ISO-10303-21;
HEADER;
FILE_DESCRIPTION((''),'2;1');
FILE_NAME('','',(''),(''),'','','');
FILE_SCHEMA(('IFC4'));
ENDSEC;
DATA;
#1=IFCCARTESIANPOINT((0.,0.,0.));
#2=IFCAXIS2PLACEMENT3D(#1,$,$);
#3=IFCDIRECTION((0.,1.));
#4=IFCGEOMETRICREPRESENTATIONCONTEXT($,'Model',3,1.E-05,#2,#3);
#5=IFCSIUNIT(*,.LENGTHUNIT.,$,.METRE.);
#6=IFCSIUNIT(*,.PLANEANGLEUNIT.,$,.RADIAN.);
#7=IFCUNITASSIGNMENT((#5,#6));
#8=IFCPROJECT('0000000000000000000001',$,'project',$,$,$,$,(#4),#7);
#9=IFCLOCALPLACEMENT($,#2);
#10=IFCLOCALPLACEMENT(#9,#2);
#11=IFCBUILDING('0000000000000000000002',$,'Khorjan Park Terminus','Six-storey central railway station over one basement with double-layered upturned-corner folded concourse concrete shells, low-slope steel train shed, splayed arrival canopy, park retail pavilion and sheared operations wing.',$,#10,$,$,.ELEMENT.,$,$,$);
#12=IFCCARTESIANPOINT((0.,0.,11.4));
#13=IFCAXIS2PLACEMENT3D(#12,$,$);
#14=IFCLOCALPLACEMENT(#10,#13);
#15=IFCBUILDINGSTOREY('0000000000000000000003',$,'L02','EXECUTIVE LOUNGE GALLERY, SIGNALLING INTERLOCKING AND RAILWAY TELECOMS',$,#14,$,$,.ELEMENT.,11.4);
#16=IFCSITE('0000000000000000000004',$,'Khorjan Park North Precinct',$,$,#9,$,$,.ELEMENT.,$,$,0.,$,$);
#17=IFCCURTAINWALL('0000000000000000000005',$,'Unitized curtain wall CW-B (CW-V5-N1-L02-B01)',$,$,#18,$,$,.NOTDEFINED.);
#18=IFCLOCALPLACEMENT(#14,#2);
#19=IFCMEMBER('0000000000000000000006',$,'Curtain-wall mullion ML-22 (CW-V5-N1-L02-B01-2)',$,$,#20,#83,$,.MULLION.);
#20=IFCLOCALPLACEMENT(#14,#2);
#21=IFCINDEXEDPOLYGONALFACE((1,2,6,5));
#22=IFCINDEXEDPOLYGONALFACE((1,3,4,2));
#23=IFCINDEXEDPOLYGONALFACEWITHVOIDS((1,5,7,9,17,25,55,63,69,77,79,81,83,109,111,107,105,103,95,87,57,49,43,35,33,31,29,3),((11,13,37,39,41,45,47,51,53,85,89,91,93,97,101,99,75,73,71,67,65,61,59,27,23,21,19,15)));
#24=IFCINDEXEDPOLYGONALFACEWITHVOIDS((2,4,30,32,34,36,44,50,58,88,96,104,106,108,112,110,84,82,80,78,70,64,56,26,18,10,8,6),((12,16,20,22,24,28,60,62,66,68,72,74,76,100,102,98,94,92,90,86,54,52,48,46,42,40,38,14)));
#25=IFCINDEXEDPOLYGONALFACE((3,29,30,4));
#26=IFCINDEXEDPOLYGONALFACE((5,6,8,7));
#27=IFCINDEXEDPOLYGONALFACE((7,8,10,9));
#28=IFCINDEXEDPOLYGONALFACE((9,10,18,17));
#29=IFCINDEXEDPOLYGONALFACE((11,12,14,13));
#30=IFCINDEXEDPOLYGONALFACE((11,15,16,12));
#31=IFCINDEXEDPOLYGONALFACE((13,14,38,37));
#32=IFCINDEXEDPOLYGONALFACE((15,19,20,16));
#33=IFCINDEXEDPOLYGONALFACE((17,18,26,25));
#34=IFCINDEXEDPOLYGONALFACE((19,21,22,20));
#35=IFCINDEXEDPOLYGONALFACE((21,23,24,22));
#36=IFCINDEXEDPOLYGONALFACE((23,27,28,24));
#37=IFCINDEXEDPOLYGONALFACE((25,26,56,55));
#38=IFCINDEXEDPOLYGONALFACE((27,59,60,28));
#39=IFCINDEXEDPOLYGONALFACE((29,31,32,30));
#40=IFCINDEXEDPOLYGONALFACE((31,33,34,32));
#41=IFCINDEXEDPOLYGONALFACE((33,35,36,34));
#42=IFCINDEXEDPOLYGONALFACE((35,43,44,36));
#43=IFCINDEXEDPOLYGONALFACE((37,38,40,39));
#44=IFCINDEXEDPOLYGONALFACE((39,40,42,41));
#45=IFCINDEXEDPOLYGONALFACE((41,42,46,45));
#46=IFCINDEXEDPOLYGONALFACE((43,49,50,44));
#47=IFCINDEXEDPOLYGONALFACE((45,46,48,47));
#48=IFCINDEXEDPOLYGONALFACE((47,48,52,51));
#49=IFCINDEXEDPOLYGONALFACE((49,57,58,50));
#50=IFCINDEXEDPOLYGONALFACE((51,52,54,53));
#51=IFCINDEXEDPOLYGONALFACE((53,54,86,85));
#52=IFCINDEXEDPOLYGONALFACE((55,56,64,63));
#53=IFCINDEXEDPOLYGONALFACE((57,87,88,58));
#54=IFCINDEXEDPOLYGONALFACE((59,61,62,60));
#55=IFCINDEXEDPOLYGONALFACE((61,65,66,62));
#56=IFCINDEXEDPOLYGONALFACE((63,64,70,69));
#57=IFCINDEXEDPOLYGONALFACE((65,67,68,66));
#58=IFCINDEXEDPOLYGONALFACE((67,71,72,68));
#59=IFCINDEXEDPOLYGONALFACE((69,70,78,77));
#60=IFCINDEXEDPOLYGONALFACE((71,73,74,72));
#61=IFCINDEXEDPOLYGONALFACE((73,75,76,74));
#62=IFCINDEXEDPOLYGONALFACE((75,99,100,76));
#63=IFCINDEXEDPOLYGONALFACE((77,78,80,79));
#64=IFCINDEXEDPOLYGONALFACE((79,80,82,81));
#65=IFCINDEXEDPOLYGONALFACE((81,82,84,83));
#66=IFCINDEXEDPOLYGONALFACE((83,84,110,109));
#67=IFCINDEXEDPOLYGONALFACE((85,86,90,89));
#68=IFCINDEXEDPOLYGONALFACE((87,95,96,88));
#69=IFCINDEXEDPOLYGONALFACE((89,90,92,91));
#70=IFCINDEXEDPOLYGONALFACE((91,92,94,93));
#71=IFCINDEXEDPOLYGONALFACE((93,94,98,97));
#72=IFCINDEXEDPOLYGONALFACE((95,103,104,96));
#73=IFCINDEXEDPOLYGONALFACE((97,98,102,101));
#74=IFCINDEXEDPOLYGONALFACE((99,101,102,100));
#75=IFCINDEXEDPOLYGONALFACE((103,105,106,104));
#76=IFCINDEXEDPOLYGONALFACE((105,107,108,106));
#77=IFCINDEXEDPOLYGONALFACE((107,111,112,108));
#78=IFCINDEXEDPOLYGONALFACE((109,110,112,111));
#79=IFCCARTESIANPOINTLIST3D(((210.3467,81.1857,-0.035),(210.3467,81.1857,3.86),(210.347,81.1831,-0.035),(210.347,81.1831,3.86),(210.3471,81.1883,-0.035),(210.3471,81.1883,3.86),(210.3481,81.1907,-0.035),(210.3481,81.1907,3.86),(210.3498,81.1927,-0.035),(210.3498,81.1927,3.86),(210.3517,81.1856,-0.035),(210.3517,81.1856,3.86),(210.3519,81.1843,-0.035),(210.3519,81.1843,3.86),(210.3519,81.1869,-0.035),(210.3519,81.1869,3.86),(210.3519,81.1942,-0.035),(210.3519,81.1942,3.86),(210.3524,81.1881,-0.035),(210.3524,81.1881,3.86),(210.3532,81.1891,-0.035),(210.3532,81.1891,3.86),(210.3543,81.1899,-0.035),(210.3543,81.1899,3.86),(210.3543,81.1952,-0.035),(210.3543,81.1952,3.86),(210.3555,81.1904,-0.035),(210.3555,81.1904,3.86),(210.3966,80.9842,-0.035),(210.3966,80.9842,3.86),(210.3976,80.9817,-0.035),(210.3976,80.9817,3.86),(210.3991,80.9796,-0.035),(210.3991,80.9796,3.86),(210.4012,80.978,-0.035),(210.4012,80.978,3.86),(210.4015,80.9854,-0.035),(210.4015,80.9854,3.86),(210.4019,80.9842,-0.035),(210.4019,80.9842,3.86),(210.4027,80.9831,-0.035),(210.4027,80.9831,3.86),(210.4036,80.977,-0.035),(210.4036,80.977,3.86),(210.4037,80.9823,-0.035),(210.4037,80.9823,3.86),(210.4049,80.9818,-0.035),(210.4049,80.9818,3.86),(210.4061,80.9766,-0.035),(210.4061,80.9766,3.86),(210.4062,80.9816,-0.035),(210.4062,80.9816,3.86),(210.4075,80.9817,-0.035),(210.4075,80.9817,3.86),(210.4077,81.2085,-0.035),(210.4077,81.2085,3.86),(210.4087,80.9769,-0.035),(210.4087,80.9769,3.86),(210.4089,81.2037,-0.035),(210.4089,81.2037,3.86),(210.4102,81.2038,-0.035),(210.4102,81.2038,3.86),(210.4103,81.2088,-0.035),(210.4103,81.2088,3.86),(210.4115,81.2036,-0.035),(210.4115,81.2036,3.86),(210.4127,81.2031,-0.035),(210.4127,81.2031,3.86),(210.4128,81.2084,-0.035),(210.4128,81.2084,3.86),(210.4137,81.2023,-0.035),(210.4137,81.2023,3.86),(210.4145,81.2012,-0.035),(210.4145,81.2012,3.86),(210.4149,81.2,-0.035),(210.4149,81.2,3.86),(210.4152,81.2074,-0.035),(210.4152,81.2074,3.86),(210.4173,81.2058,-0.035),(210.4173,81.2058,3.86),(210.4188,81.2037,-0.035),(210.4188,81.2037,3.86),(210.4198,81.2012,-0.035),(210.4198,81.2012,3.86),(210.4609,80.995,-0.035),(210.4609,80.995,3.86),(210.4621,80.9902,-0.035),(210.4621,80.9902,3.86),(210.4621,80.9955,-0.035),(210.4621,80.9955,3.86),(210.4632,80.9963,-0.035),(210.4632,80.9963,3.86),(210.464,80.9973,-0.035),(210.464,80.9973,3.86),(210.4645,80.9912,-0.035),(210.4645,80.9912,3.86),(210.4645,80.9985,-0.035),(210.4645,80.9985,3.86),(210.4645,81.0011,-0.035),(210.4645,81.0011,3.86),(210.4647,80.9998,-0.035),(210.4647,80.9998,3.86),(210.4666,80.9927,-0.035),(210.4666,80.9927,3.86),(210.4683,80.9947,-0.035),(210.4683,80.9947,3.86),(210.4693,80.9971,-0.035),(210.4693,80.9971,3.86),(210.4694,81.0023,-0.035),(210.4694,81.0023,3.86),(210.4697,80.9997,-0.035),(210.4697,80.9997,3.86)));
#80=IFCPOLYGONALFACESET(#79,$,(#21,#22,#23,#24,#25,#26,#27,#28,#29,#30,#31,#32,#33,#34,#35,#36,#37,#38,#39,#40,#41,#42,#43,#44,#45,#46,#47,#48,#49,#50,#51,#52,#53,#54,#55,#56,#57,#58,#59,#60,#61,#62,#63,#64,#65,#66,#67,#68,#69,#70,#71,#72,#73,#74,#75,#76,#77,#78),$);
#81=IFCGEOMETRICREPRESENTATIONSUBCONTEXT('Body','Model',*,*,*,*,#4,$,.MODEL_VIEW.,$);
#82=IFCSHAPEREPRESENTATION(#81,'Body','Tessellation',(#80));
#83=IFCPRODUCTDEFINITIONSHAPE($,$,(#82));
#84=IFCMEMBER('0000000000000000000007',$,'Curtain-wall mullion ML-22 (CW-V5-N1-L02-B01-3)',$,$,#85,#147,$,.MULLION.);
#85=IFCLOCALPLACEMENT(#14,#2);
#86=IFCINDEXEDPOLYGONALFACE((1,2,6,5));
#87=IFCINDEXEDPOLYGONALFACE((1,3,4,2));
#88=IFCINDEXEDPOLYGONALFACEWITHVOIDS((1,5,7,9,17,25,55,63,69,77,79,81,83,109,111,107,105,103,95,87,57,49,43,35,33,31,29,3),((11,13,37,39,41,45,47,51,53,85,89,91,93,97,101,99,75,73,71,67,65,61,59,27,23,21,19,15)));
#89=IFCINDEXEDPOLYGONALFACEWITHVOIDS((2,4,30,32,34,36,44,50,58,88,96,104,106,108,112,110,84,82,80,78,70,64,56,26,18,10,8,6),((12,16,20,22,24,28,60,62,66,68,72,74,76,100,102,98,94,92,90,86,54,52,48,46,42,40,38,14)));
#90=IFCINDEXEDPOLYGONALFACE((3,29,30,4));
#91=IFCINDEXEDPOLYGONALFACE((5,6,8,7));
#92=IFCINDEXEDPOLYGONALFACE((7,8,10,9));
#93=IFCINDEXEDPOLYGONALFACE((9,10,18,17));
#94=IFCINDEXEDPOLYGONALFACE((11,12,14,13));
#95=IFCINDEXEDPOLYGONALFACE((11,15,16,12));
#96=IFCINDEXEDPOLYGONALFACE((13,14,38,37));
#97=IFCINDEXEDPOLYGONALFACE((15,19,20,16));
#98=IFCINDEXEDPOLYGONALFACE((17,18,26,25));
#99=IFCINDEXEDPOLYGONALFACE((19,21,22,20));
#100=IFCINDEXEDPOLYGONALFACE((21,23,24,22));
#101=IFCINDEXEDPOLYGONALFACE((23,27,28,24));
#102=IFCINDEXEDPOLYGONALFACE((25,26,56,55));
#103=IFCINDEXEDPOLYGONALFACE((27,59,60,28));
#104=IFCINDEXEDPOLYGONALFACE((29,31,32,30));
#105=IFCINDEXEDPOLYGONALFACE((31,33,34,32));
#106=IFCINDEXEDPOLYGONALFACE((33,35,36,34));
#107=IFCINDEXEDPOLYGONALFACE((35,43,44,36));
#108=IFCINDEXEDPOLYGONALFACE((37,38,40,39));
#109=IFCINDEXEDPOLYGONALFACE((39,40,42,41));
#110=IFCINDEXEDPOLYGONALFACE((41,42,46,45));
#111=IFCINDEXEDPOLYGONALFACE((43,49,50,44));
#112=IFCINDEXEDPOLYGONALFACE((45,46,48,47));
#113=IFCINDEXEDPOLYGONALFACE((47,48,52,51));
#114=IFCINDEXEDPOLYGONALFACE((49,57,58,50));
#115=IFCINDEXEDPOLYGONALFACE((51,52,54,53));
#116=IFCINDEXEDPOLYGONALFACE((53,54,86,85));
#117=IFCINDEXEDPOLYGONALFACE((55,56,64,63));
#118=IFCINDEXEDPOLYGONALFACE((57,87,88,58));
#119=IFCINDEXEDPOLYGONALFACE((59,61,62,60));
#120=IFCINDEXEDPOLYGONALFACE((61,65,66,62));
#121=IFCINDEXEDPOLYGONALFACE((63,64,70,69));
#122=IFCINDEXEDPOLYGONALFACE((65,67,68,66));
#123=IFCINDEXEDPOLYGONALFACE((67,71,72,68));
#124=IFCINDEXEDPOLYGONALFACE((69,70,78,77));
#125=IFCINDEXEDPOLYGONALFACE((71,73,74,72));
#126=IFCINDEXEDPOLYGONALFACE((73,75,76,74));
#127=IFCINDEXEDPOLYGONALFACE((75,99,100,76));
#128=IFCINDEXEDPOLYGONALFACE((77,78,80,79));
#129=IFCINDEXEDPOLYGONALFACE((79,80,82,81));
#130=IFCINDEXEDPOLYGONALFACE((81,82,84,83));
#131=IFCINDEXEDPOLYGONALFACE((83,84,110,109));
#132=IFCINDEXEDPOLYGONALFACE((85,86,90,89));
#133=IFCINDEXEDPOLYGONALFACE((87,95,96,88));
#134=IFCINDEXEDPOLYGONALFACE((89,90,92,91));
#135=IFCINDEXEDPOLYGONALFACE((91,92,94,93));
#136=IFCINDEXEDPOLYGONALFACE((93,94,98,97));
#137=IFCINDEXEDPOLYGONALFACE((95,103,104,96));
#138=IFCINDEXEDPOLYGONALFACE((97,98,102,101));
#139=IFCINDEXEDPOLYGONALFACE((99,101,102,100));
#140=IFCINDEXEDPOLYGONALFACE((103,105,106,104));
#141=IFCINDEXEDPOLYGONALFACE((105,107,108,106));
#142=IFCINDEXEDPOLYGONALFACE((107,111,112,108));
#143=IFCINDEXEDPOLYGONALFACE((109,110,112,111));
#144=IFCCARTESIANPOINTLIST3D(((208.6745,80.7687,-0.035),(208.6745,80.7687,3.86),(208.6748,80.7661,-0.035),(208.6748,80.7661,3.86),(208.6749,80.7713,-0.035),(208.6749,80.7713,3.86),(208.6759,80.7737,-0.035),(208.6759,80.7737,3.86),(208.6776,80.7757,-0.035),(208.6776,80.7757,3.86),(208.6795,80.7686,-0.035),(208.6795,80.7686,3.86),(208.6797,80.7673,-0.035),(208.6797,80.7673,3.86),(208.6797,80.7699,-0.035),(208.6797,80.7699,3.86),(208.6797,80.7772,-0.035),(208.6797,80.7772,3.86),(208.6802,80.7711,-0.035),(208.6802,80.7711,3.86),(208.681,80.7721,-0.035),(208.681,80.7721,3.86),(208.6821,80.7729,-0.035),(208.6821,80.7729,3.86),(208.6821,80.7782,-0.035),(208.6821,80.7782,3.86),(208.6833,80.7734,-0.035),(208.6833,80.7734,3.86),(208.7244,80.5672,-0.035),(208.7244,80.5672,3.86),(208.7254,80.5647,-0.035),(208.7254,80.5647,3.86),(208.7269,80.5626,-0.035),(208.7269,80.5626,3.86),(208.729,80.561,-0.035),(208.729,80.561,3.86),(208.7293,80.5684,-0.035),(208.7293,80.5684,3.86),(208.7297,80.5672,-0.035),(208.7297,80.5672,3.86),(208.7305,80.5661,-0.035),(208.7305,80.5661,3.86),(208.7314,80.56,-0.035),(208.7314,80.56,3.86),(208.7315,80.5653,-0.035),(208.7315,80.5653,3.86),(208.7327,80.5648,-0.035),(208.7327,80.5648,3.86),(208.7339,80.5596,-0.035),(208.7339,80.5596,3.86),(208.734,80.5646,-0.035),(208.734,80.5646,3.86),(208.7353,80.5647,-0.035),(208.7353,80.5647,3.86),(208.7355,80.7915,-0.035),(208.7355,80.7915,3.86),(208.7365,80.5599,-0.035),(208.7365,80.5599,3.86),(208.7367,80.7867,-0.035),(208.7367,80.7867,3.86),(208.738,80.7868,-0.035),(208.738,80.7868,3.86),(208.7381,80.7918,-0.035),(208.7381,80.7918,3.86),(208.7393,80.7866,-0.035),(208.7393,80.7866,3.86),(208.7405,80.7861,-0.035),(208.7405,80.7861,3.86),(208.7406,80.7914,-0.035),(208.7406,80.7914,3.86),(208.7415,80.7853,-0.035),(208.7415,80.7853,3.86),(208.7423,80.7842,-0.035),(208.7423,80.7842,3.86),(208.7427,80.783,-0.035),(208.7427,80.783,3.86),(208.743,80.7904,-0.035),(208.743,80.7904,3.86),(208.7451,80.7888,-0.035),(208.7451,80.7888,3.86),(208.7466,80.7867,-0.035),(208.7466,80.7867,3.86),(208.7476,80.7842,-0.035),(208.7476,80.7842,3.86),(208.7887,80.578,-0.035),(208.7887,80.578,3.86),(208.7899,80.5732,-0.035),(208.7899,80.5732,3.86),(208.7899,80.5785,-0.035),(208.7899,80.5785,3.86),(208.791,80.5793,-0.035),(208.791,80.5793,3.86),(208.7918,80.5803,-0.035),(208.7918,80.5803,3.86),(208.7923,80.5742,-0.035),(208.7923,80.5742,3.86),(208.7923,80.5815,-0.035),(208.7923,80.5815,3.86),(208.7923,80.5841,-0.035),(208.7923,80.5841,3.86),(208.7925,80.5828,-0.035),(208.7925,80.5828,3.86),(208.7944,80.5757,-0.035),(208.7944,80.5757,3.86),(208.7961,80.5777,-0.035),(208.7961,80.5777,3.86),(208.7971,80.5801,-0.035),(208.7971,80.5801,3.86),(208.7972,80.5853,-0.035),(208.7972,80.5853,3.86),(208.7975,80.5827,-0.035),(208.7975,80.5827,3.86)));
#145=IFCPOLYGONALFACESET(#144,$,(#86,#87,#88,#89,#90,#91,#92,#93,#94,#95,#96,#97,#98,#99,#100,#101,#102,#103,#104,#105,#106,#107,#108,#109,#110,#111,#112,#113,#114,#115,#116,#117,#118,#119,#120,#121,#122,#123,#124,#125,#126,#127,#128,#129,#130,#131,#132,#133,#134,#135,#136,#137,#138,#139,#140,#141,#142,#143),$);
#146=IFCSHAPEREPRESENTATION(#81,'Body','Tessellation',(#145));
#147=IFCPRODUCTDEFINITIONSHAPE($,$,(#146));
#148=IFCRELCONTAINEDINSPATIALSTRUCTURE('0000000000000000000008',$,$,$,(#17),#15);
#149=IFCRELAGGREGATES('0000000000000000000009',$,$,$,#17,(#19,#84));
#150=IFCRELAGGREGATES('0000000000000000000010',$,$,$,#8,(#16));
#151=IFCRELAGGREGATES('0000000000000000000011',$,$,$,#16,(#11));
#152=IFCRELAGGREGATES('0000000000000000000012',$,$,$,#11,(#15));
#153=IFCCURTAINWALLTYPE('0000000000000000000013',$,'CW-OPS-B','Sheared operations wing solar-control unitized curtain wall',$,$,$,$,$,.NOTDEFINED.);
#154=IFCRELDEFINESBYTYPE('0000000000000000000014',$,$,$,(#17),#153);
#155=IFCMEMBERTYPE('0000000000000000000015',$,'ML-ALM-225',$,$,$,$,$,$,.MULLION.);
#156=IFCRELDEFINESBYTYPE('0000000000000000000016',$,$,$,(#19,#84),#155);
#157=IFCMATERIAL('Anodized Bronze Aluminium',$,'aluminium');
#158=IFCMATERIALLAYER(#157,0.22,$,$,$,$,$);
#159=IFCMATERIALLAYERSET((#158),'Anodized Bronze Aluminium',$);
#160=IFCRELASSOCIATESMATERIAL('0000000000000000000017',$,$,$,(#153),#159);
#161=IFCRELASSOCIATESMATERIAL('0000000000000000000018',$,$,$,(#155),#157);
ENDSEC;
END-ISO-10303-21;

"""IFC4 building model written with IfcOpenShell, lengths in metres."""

from ifc_helpers import new_model, si_unit, direction, frame, origin, origin_2d, place, context, subcontext, project, spatial, hollow_rectangle, extrude, material, layer, layer_set, material_profile, profile_set, type_object, element, aggregate, save


model = new_model("IFC4")

# Units and contexts
model_context = context("Model", 3, precision=1e-05, world=origin(), true_north=direction((0.0, 1.0)))
body_context = subcontext(model_context, "Body", "Model", "MODEL_VIEW")
ifc_project = project(units=[si_unit("LENGTHUNIT", "METRE"), si_unit("PLANEANGLEUNIT", "RADIAN")], contexts=[model_context])

# Site, building, storey
site_placement = place(None, origin())
site = spatial("IfcSite", under=ifc_project, at=site_placement, Name="Khorjan Park North Precinct", CompositionType="ELEMENT", RefElevation=0.0)
building_placement = place(site_placement, origin())
building = spatial("IfcBuilding", under=site, at=building_placement, Name="Khorjan Park Terminus", Description="Six-storey central railway station over one basement with double-layered upturned-corner folded concourse concrete shells, low-slope steel train shed, splayed arrival canopy, park retail pavilion and sheared operations wing.", CompositionType="ELEMENT")
storey_placement = place(building_placement, frame((0.0, 0.0, 11.4)))
storey = spatial("IfcBuildingStorey", under=building, at=storey_placement, Name="L02", Description="EXECUTIVE LOUNGE GALLERY, SIGNALLING INTERLOCKING AND RAILWAY TELECOMS", CompositionType="ELEMENT", Elevation=11.4)

# Curtain wall, members
ifc_material_1 = material(Name="Anodized Bronze Aluminium", Category="aluminium")
ifc_layer_1 = layer(ifc_material_1, 0.22)
ifc_layer_set_1 = layer_set([ifc_layer_1], Name="Anodized Bronze Aluminium")
curtain_wall_type = type_object("IfcCurtainWallType", Name="CW-OPS-B", Description="Sheared operations wing solar-control unitized curtain wall", PredefinedType="NOTDEFINED", material=ifc_layer_set_1)
curtain_wall_placement = place(storey_placement, origin())
curtain_wall = element("IfcCurtainWall", 1, at=curtain_wall_placement, inside=storey, type_object=curtain_wall_type, Name="Unitized curtain wall CW-B (CW-V5-N1-L02-B01)", PredefinedType="NOTDEFINED")
ifc_material_profile_1 = material_profile(ifc_material_1, hollow_rectangle(XDim=0.075, YDim=0.225, WallThickness=0.005, InnerFilletRadius=0.005, OuterFilletRadius=0.01, at=origin_2d()), Name="ALM 75x225x5")
ifc_profile_set_1 = profile_set([ifc_material_profile_1], Name="Anodized Bronze Aluminium")
member_type_1 = type_object("IfcMemberType", Name="ML-ALM-225", PredefinedType="MULLION", material=ifc_profile_set_1)
member_1_placement = place(storey_placement, frame((210.4082, 81.0927, -0.035), z_axis=(0.0, 0.0, 1.0), x_axis=(-0.970294, -0.241928, 0.0)))
member_1 = element("IfcMember", 2, at=member_1_placement, type_object=member_type_1, Name="Curtain-wall mullion ML-22 (CW-V5-N1-L02-B01-2)", PredefinedType="MULLION", context=body_context, shape_type="SweptSolid", body=[
    extrude(hollow_rectangle(XDim=0.075, YDim=0.225, WallThickness=0.005, InnerFilletRadius=0.005, OuterFilletRadius=0.01, at=origin_2d()), origin(), (0.0, 0.0, 1.0), 3.895),
])
member_2_placement = place(storey_placement, frame((208.736, 80.6757, -0.035), z_axis=(0.0, 0.0, 1.0), x_axis=(-0.970294, -0.241928, 0.0)))
member_2 = element("IfcMember", 3, at=member_2_placement, type_object=member_type_1, Name="Curtain-wall mullion ML-22 (CW-V5-N1-L02-B01-3)", PredefinedType="MULLION", context=body_context, shape_type="SweptSolid", body=[
    extrude(hollow_rectangle(XDim=0.075, YDim=0.225, WallThickness=0.005, InnerFilletRadius=0.005, OuterFilletRadius=0.01, at=origin_2d()), origin(), (0.0, 0.0, 1.0), 3.895),
])
aggregate(curtain_wall, [member_1, member_2])

save(model, "model.ifc")
